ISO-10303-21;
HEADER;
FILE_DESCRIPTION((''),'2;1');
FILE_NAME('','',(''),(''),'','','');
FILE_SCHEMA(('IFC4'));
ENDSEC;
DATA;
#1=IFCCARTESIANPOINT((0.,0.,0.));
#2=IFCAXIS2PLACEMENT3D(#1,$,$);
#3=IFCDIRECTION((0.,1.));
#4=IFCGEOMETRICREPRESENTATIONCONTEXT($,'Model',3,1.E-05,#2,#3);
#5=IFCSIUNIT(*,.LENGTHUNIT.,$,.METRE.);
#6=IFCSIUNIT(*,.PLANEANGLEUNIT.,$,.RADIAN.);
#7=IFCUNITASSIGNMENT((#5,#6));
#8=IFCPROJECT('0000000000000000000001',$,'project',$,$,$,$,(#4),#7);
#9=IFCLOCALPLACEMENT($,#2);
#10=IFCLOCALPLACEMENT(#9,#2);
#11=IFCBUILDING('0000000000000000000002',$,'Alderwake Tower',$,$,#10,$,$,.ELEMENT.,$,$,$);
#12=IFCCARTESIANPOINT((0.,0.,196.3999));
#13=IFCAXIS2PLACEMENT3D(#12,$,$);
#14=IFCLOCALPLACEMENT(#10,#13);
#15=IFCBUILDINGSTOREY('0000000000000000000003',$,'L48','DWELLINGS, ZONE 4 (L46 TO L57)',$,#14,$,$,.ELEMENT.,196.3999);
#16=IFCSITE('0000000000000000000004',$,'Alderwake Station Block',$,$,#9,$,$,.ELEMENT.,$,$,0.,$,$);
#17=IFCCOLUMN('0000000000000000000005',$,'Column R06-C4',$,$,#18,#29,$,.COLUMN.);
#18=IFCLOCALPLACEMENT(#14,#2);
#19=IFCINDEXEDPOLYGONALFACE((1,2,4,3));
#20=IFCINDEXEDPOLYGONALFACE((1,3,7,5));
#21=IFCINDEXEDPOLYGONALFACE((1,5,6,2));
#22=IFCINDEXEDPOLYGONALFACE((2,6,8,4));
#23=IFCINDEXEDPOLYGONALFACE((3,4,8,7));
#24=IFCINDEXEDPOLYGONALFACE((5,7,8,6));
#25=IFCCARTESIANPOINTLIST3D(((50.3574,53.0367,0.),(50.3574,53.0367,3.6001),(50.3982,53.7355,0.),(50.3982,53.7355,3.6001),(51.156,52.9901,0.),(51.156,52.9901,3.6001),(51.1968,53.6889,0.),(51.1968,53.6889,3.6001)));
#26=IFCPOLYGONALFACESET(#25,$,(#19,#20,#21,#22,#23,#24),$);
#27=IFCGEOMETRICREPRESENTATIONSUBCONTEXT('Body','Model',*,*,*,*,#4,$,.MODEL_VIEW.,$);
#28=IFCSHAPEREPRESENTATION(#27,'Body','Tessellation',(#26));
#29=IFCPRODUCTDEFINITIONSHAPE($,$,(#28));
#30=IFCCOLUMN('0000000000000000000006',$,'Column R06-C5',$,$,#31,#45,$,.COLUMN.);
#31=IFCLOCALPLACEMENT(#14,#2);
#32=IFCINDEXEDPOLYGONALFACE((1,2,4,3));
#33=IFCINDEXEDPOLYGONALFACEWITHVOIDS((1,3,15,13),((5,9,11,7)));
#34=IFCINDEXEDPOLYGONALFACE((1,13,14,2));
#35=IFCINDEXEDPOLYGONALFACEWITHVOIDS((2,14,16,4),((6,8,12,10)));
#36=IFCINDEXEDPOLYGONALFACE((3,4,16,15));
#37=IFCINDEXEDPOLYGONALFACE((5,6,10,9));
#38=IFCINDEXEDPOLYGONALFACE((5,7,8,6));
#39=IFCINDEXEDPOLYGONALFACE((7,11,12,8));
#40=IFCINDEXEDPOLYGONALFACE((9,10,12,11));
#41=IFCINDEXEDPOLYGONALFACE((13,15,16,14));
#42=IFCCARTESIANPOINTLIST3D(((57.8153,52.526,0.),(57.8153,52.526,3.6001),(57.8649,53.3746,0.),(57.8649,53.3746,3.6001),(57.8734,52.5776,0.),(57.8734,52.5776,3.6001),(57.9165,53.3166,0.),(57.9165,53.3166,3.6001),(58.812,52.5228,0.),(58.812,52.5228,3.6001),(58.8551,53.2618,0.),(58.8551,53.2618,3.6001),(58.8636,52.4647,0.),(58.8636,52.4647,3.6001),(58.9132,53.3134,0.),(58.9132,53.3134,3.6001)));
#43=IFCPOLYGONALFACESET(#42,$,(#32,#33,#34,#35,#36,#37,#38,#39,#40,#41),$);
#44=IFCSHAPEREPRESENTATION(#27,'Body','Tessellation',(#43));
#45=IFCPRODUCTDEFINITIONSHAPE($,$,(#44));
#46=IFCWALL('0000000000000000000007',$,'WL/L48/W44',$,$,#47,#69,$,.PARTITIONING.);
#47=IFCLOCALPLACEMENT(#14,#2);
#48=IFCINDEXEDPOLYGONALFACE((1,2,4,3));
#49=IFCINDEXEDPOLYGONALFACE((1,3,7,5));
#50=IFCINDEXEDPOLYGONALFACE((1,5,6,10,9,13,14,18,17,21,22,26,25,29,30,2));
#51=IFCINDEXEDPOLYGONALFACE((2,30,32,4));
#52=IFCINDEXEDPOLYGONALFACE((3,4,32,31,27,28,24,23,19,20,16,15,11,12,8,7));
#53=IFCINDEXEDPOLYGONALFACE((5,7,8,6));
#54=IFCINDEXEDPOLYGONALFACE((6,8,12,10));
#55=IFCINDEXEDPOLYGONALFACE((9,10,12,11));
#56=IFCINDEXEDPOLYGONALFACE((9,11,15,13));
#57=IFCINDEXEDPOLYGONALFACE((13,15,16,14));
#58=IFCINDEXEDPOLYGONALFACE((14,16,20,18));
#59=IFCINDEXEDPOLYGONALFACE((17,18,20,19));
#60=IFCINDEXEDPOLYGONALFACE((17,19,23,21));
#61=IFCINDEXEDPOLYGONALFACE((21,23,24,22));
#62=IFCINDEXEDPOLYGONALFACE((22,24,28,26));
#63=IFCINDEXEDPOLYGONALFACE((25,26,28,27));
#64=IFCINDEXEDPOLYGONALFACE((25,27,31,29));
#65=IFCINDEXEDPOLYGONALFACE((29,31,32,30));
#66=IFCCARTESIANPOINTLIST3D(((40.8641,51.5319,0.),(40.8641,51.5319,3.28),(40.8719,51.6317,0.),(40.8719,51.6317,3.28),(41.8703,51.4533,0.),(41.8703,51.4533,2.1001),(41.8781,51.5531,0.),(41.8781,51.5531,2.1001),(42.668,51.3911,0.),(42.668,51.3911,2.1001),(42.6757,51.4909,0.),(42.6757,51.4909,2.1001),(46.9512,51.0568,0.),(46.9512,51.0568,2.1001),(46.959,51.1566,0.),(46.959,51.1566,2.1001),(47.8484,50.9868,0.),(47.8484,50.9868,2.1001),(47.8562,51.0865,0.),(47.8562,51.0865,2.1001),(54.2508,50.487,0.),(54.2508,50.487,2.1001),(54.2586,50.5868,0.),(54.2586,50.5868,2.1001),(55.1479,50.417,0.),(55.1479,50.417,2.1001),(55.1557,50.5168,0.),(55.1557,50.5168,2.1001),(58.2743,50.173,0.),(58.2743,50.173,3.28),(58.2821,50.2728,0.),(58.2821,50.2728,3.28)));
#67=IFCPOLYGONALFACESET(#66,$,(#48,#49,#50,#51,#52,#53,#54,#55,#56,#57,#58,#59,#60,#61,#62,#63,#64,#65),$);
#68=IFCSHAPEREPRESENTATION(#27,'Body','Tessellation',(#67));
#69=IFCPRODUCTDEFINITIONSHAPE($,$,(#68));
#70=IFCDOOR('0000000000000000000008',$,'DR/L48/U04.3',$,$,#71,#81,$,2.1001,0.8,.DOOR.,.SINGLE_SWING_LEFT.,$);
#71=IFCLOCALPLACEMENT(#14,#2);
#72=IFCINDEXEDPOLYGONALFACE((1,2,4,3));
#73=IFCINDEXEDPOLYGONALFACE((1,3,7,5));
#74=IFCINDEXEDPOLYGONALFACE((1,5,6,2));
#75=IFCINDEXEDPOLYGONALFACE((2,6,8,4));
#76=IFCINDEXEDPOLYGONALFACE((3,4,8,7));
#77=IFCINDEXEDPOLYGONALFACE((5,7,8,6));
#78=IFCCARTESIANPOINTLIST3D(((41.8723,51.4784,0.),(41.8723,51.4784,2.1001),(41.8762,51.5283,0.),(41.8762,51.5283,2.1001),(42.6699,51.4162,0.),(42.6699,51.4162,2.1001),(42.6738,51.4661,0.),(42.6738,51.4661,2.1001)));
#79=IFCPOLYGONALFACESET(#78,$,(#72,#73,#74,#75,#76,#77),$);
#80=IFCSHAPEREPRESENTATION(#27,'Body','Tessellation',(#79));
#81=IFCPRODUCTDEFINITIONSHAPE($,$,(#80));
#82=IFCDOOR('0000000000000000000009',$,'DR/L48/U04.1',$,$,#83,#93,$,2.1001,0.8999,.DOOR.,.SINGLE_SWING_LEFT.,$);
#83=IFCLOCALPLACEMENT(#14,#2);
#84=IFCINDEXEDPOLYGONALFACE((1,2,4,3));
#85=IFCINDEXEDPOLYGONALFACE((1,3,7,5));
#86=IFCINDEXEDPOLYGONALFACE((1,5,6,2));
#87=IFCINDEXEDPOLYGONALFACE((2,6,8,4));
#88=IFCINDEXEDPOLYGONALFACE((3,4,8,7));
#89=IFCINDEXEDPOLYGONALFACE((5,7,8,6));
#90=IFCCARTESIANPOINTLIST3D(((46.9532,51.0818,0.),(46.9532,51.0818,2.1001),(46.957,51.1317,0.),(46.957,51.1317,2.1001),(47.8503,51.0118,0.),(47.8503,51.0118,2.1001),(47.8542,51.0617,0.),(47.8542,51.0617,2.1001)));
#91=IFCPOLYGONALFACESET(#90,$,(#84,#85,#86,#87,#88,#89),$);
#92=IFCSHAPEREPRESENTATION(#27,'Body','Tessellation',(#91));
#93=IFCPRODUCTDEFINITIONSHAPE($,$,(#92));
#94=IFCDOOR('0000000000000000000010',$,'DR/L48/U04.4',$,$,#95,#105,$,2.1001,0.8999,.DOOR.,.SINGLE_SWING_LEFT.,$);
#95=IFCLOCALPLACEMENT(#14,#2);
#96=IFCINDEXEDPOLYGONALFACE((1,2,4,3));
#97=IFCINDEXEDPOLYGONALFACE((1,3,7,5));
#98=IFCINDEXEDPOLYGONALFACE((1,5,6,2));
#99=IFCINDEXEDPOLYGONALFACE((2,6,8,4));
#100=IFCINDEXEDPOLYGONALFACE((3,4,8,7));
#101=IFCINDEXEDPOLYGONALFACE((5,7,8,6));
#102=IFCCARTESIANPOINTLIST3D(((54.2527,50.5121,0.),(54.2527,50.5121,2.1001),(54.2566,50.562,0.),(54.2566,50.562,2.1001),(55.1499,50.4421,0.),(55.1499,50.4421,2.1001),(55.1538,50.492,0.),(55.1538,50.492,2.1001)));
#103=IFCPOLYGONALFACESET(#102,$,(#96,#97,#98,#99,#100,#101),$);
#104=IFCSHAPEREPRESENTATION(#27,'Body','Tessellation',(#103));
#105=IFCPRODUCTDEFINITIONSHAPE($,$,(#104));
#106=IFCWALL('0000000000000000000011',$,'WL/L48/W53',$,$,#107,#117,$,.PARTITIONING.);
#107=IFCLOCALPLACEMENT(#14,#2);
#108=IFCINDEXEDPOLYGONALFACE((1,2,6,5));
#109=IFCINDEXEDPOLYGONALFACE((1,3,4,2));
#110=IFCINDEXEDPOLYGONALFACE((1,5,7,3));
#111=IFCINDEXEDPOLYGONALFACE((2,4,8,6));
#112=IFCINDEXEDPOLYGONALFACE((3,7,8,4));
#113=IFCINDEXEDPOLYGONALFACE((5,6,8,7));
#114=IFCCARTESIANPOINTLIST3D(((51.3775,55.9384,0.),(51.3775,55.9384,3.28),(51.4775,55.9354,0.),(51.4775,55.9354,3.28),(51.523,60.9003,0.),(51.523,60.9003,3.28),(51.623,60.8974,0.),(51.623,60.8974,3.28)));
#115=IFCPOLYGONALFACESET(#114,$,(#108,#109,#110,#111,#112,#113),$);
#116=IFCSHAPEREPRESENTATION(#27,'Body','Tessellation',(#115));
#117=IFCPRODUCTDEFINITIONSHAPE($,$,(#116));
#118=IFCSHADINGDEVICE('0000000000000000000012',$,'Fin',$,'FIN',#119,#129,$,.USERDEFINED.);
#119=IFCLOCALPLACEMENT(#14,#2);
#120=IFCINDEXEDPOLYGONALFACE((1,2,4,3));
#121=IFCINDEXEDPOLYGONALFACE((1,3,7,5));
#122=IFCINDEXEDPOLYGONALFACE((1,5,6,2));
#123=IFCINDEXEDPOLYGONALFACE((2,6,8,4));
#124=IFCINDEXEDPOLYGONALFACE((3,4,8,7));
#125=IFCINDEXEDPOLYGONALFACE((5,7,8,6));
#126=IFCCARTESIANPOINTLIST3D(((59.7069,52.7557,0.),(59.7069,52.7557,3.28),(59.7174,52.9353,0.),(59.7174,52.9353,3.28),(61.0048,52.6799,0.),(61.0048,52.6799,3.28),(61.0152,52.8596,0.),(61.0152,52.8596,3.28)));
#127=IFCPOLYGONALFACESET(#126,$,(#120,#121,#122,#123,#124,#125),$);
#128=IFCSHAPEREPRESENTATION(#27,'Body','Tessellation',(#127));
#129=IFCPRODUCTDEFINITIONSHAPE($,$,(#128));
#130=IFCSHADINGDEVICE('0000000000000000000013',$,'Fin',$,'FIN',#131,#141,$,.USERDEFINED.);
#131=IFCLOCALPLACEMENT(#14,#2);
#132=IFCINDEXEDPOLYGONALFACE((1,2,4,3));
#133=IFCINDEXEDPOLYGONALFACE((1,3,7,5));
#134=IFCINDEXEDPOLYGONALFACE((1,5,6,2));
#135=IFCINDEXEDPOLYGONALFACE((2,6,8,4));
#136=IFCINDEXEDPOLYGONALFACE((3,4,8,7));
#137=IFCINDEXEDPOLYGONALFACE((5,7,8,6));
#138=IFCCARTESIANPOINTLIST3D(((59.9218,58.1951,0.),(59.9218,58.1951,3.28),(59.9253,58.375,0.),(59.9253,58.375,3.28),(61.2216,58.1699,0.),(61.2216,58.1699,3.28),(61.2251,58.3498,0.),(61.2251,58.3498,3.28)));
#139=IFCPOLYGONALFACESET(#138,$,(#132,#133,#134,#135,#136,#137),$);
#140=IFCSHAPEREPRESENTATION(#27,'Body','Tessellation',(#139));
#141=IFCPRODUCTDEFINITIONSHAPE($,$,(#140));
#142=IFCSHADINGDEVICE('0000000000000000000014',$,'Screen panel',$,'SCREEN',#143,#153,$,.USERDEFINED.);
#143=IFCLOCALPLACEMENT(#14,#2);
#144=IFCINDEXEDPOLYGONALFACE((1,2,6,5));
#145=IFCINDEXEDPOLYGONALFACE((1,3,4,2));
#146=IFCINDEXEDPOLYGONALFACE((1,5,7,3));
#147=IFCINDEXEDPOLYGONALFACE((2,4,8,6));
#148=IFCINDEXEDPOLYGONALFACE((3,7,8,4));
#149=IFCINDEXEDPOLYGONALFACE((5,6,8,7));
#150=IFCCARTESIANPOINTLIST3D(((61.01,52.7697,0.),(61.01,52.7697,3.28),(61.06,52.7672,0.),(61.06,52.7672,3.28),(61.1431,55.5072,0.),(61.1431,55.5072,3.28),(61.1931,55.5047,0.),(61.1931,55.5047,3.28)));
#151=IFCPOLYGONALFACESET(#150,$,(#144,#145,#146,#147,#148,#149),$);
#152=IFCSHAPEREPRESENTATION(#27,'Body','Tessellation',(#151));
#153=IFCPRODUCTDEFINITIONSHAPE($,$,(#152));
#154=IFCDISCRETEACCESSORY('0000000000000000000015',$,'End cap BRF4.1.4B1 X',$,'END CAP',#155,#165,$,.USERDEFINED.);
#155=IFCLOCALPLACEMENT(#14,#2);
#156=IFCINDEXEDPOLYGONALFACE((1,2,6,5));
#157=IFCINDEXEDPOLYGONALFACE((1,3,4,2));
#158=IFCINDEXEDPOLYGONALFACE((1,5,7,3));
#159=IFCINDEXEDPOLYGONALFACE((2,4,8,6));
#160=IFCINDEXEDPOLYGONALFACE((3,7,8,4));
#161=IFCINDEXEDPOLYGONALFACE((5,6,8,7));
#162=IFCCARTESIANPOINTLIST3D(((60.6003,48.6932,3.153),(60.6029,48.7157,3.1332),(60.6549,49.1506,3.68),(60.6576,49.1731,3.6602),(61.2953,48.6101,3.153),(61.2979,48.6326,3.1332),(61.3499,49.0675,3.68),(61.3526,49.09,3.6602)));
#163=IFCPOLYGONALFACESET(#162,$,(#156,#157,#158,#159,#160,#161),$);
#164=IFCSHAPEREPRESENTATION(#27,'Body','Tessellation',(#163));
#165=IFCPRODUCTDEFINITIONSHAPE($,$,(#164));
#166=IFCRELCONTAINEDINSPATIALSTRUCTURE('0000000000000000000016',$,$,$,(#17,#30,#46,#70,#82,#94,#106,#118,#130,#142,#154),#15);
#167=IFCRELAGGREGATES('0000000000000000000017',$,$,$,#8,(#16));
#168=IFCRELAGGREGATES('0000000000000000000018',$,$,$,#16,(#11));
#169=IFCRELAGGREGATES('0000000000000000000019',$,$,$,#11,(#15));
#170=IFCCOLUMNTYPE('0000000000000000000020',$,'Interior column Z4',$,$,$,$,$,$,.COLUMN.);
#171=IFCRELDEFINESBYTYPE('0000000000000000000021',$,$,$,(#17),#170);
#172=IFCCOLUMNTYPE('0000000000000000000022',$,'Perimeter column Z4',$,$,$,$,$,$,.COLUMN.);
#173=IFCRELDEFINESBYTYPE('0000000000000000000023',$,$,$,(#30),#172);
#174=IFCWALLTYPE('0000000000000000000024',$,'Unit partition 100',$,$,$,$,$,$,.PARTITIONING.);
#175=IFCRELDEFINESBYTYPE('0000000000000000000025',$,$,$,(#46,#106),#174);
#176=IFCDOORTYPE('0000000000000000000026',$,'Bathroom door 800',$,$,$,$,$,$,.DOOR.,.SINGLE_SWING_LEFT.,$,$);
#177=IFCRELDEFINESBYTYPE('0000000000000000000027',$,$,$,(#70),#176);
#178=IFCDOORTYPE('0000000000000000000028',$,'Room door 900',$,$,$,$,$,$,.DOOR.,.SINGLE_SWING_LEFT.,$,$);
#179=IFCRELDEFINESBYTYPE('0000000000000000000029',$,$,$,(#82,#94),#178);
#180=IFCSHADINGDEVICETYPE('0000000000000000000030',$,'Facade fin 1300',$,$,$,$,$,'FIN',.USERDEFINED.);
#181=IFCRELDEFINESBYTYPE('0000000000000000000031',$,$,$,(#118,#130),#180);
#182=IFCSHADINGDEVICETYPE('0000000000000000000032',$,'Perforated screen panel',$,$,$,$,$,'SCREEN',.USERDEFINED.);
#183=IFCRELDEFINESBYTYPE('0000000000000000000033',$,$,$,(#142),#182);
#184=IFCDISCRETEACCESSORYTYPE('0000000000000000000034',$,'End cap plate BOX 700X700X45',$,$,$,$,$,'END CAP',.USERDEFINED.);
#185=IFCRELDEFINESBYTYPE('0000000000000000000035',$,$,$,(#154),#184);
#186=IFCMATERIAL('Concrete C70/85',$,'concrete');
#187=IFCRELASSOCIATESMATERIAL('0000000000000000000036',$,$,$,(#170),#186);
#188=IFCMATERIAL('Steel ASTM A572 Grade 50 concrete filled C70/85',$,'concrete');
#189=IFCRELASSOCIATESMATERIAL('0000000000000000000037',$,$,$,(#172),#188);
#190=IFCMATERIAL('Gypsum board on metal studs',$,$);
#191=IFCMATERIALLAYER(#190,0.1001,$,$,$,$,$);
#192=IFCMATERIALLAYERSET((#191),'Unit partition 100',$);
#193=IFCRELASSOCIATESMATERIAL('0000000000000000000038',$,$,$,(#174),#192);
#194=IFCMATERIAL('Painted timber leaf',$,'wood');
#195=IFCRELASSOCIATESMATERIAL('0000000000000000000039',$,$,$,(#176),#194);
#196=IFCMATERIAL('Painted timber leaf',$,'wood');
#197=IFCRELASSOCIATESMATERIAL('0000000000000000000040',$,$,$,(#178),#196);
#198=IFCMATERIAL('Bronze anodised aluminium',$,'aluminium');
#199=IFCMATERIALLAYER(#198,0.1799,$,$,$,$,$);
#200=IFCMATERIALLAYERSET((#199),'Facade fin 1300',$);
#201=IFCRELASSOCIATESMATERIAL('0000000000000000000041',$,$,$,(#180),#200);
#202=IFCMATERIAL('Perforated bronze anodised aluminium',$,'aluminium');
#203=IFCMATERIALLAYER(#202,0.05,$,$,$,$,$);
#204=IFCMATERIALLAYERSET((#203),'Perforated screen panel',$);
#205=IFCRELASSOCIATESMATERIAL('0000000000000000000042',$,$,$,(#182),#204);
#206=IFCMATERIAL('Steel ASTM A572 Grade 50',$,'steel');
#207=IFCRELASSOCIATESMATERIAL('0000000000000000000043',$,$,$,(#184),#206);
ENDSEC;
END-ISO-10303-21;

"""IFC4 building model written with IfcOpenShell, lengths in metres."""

from ifc_helpers import new_model, si_unit, direction, frame, frame_2d, origin, origin_2d, place, context, subcontext, project, spatial, rectangle, hollow_rectangle, extrude, material, layer, layer_set, material_profile, profile_set, type_object, element, fill, save


model = new_model("IFC4")

# Units and contexts
model_context = context("Model", 3, precision=1e-05, world=origin(), true_north=direction((0.0, 1.0)))
body_context = subcontext(model_context, "Body", "Model", "MODEL_VIEW")
ifc_project = project(units=[si_unit("LENGTHUNIT", "METRE"), si_unit("PLANEANGLEUNIT", "RADIAN")], contexts=[model_context])

# Site, building, storey
site_placement = place(None, origin())
site = spatial("IfcSite", under=ifc_project, at=site_placement, Name="Alderwake Station Block", CompositionType="ELEMENT", RefElevation=0.0)
building_placement = place(site_placement, origin())
building = spatial("IfcBuilding", under=site, at=building_placement, Name="Alderwake Tower", CompositionType="ELEMENT")
storey_placement = place(building_placement, frame((0.0, 0.0, 196.3999)))
storey = spatial("IfcBuildingStorey", under=building, at=storey_placement, Name="L48", Description="DWELLINGS, ZONE 4 (L46 TO L57)", CompositionType="ELEMENT", Elevation=196.3999)

# Columns
ifc_material_1 = material(Name="Concrete C70/85", Category="concrete")
ifc_material_profile_1 = material_profile(ifc_material_1, rectangle(XDim=0.7, YDim=0.8, at=origin_2d()), Name="RC 800X700")
ifc_profile_set_1 = profile_set([ifc_material_profile_1], Name="Concrete C70/85")
column_type_1 = type_object("IfcColumnType", Name="Interior column Z4", PredefinedType="COLUMN", material=ifc_profile_set_1)
column_1_placement = place(storey_placement, frame((50.7771, 53.3628, 0.0), z_axis=(0.0, 0.0, 1.0), x_axis=(0.058299, 0.998299, 0.0)))
element("IfcColumn", 1, at=column_1_placement, inside=storey, type_object=column_type_1, Name="Column R06-C4", PredefinedType="COLUMN", context=body_context, shape_type="SweptSolid", body=[
    extrude(rectangle(XDim=0.7, YDim=0.8, at=origin_2d()), origin(), (0.0, 0.0, 1.0), 3.6001),
])
ifc_material_2 = material(Name="Steel ASTM A572 Grade 50 concrete filled C70/85", Category="concrete")
ifc_material_profile_2 = material_profile(ifc_material_2, hollow_rectangle(XDim=0.8501, YDim=1.05, WallThickness=0.0549, at=origin_2d()), Name="BOX 1050X850X55")
ifc_profile_set_2 = profile_set([ifc_material_profile_2], Name="Steel ASTM A572 Grade 50 concrete filled C70/85")
column_type_2 = type_object("IfcColumnType", Name="Perimeter column Z4", PredefinedType="COLUMN", material=ifc_profile_set_2)
column_2_placement = place(storey_placement, frame((58.3643, 52.9197, 0.0), z_axis=(0.0, 0.0, 1.0), x_axis=(0.058299, 0.998299, 0.0)))
element("IfcColumn", 2, at=column_2_placement, inside=storey, type_object=column_type_2, Name="Column R06-C5", PredefinedType="COLUMN", context=body_context, shape_type="SweptSolid", body=[
    extrude(hollow_rectangle(XDim=0.8501, YDim=1.05, WallThickness=0.0549, at=origin_2d()), origin(), (0.0, 0.0, 1.0), 3.6001),
])

# Wall, openings, doors
ifc_material_3 = material(Name="Gypsum board on metal studs")
ifc_layer_1 = layer(ifc_material_3, 0.1001)
ifc_layer_set_1 = layer_set([ifc_layer_1], Name="Unit partition 100")
wall_type_1 = type_object("IfcWallType", Name="Unit partition 100", PredefinedType="PARTITIONING", material=ifc_layer_set_1)
wall_1_placement = place(storey_placement, frame((58.2781, 50.2229, 0.0), z_axis=(0.0, 0.0, 1.0), x_axis=(-0.996968, 0.077815, 0.0)))
wall_1 = element("IfcWall", 3, at=wall_1_placement, inside=storey, type_object=wall_type_1, Name="WL/L48/W44", PredefinedType="PARTITIONING", context=body_context, shape_type="SweptSolid", body=[
    extrude(rectangle(XDim=17.4631, YDim=0.1001, at=frame_2d((8.7314, 0.0))), origin(), (0.0, 0.0, 1.0), 3.28),
])
opening_1_placement = place(wall_1_placement, frame((10.4575, 0.0, 0.0)))
opening_1 = element("IfcOpeningElement", 4, at=opening_1_placement, cuts=wall_1, PredefinedType="OPENING", context=body_context, shape_type="SweptSolid", body=[
    extrude(rectangle(XDim=0.8999, YDim=2.1001, at=frame_2d((0.45, 1.05))), frame((0.0, 0.0601, 0.0), z_axis=(0.0, -1.0, 0.0), x_axis=(1.0, 0.0, 0.0)), (0.0, 0.0, 1.0), 0.1201),
])
opening_2_placement = place(wall_1_placement, frame((15.6538, 0.0, 0.0)))
opening_2 = element("IfcOpeningElement", 5, at=opening_2_placement, cuts=wall_1, PredefinedType="OPENING", context=body_context, shape_type="SweptSolid", body=[
    extrude(rectangle(XDim=0.8, YDim=2.1001, at=frame_2d((0.3999, 1.05))), frame((0.0, 0.0601, 0.0), z_axis=(0.0, -1.0, 0.0), x_axis=(1.0, 0.0, 0.0)), (0.0, 0.0, 1.0), 0.1201),
])
opening_3_placement = place(wall_1_placement, frame((3.1357, 0.0, 0.0)))
opening_3 = element("IfcOpeningElement", 6, at=opening_3_placement, cuts=wall_1, PredefinedType="OPENING", context=body_context, shape_type="SweptSolid", body=[
    extrude(rectangle(XDim=0.8999, YDim=2.1001, at=frame_2d((0.45, 1.05))), frame((0.0, 0.0601, 0.0), z_axis=(0.0, -1.0, 0.0), x_axis=(1.0, 0.0, 0.0)), (0.0, 0.0, 1.0), 0.1201),
])
ifc_material_4 = material(Name="Painted timber leaf", Category="wood")
door_type_1 = type_object("IfcDoorType", Name="Bathroom door 800", OperationType="SINGLE_SWING_LEFT", PredefinedType="DOOR", material=ifc_material_4)
door_1_placement = place(opening_2_placement, origin())
door_1 = element("IfcDoor", 7, at=door_1_placement, inside=storey, type_object=door_type_1, Name="DR/L48/U04.3", OperationType="SINGLE_SWING_LEFT", OverallHeight=2.1001, OverallWidth=0.8, PredefinedType="DOOR", context=body_context, shape_type="SweptSolid", body=[
    extrude(rectangle(XDim=0.8, YDim=2.1001, at=frame_2d((0.3999, 1.05))), frame((0.0, 0.0249, 0.0), z_axis=(0.0, -1.0, 0.0), x_axis=(1.0, 0.0, 0.0)), (0.0, 0.0, 1.0), 0.05),
])
fill(opening_2, door_1)
ifc_material_5 = material(Name="Painted timber leaf", Category="wood")
door_type_2 = type_object("IfcDoorType", Name="Room door 900", OperationType="SINGLE_SWING_LEFT", PredefinedType="DOOR", material=ifc_material_5)
door_2_placement = place(opening_1_placement, origin())
door_2 = element("IfcDoor", 8, at=door_2_placement, inside=storey, type_object=door_type_2, Name="DR/L48/U04.1", OperationType="SINGLE_SWING_LEFT", OverallHeight=2.1001, OverallWidth=0.8999, PredefinedType="DOOR", context=body_context, shape_type="SweptSolid", body=[
    extrude(rectangle(XDim=0.8999, YDim=2.1001, at=frame_2d((0.45, 1.05))), frame((0.0, 0.0249, 0.0), z_axis=(0.0, -1.0, 0.0), x_axis=(1.0, 0.0, 0.0)), (0.0, 0.0, 1.0), 0.05),
])
fill(opening_1, door_2)
door_3_placement = place(opening_3_placement, origin())
door_3 = element("IfcDoor", 9, at=door_3_placement, inside=storey, type_object=door_type_2, Name="DR/L48/U04.4", OperationType="SINGLE_SWING_LEFT", OverallHeight=2.1001, OverallWidth=0.8999, PredefinedType="DOOR", context=body_context, shape_type="SweptSolid", body=[
    extrude(rectangle(XDim=0.8999, YDim=2.1001, at=frame_2d((0.45, 1.05))), frame((0.0, 0.0249, 0.0), z_axis=(0.0, -1.0, 0.0), x_axis=(1.0, 0.0, 0.0)), (0.0, 0.0, 1.0), 0.05),
])
fill(opening_3, door_3)

# Wall
wall_2_placement = place(storey_placement, frame((51.4275, 55.937, 0.0), z_axis=(0.0, 0.0, 1.0), x_axis=(0.029312, 0.99957, 0.0)))
element("IfcWall", 10, at=wall_2_placement, inside=storey, type_object=wall_type_1, Name="WL/L48/W53", PredefinedType="PARTITIONING", context=body_context, shape_type="SweptSolid", body=[
    extrude(rectangle(XDim=4.9641, YDim=0.1001, at=frame_2d((2.4819, 0.0))), origin(), (0.0, 0.0, 1.0), 3.28),
])

# Shading devices
ifc_material_6 = material(Name="Bronze anodised aluminium", Category="aluminium")
ifc_layer_2 = layer(ifc_material_6, 0.1799)
ifc_layer_set_2 = layer_set([ifc_layer_2], Name="Facade fin 1300")
shading_device_type_1 = type_object("IfcShadingDeviceType", Name="Facade fin 1300", ElementType="FIN", PredefinedType="USERDEFINED", material=ifc_layer_set_2)
for number, where, z_axis, x_axis, name in (
    (11, (60.3611, 52.8076, 0.0), (0.0, 0.0, 1.0), (0.998301, -0.058266, 0.0), "Fin"),
    (12, (60.5735, 58.2725, 0.0), (0.0, 0.0, 1.0), (0.999812, -0.019398, 0.0), "Fin"),
):
    element("IfcShadingDevice", number, at=place(storey_placement, frame(where, z_axis=z_axis, x_axis=x_axis)), inside=storey, type_object=shading_device_type_1, Name=name, ObjectType="FIN", PredefinedType="USERDEFINED", context=body_context, shape_type="SweptSolid", body=[
        extrude(rectangle(XDim=1.3, YDim=0.1799, at=origin_2d()), origin(), (0.0, 0.0, 1.0), 3.28),
    ])
ifc_material_7 = material(Name="Perforated bronze anodised aluminium", Category="aluminium")
ifc_layer_3 = layer(ifc_material_7, 0.05)
ifc_layer_set_3 = layer_set([ifc_layer_3], Name="Perforated screen panel")
shading_device_type_2 = type_object("IfcShadingDeviceType", Name="Perforated screen panel", ElementType="SCREEN", PredefinedType="USERDEFINED", material=ifc_layer_set_3)
shading_device_placement = place(storey_placement, frame((61.1016, 54.1372, 0.0), z_axis=(0.0, 0.0, 1.0), x_axis=(0.998819, -0.048581, 0.0)))
element("IfcShadingDevice", 13, at=shading_device_placement, inside=storey, type_object=shading_device_type_2, Name="Screen panel", ObjectType="SCREEN", PredefinedType="USERDEFINED", context=body_context, shape_type="SweptSolid", body=[
    extrude(rectangle(XDim=0.05, YDim=2.7407, at=origin_2d()), origin(), (0.0, 0.0, 1.0), 3.28),
])

# Discrete accessory
ifc_material_8 = material(Name="Steel ASTM A572 Grade 50", Category="steel")
ifc_material_profile_3 = material_profile(ifc_material_8, rectangle(XDim=0.7, YDim=0.7, at=origin_2d()), Name="BOX 700X700X45 cap")
ifc_profile_set_3 = profile_set([ifc_material_profile_3], Name="Steel ASTM A572 Grade 50")
discrete_accessory_type = type_object("IfcDiscreteAccessoryType", Name="End cap plate BOX 700X700X45", ElementType="END CAP", PredefinedType="USERDEFINED", material=ifc_profile_set_3)
discrete_accessory_placement = place(storey_placement, frame((60.9778, 48.9028, 3.3967), z_axis=(-0.089381, -0.747548, 0.658167), x_axis=(0.992928, -0.11872, 0.0)))
element("IfcDiscreteAccessory", 14, at=discrete_accessory_placement, inside=storey, type_object=discrete_accessory_type, Name="End cap BRF4.1.4B1 X", ObjectType="END CAP", PredefinedType="USERDEFINED", context=body_context, shape_type="SweptSolid", body=[
    extrude(rectangle(XDim=0.7, YDim=0.7, at=origin_2d()), origin(), (0.0, 0.0, 1.0), 0.03),
])

save(model, "model.ifc")
